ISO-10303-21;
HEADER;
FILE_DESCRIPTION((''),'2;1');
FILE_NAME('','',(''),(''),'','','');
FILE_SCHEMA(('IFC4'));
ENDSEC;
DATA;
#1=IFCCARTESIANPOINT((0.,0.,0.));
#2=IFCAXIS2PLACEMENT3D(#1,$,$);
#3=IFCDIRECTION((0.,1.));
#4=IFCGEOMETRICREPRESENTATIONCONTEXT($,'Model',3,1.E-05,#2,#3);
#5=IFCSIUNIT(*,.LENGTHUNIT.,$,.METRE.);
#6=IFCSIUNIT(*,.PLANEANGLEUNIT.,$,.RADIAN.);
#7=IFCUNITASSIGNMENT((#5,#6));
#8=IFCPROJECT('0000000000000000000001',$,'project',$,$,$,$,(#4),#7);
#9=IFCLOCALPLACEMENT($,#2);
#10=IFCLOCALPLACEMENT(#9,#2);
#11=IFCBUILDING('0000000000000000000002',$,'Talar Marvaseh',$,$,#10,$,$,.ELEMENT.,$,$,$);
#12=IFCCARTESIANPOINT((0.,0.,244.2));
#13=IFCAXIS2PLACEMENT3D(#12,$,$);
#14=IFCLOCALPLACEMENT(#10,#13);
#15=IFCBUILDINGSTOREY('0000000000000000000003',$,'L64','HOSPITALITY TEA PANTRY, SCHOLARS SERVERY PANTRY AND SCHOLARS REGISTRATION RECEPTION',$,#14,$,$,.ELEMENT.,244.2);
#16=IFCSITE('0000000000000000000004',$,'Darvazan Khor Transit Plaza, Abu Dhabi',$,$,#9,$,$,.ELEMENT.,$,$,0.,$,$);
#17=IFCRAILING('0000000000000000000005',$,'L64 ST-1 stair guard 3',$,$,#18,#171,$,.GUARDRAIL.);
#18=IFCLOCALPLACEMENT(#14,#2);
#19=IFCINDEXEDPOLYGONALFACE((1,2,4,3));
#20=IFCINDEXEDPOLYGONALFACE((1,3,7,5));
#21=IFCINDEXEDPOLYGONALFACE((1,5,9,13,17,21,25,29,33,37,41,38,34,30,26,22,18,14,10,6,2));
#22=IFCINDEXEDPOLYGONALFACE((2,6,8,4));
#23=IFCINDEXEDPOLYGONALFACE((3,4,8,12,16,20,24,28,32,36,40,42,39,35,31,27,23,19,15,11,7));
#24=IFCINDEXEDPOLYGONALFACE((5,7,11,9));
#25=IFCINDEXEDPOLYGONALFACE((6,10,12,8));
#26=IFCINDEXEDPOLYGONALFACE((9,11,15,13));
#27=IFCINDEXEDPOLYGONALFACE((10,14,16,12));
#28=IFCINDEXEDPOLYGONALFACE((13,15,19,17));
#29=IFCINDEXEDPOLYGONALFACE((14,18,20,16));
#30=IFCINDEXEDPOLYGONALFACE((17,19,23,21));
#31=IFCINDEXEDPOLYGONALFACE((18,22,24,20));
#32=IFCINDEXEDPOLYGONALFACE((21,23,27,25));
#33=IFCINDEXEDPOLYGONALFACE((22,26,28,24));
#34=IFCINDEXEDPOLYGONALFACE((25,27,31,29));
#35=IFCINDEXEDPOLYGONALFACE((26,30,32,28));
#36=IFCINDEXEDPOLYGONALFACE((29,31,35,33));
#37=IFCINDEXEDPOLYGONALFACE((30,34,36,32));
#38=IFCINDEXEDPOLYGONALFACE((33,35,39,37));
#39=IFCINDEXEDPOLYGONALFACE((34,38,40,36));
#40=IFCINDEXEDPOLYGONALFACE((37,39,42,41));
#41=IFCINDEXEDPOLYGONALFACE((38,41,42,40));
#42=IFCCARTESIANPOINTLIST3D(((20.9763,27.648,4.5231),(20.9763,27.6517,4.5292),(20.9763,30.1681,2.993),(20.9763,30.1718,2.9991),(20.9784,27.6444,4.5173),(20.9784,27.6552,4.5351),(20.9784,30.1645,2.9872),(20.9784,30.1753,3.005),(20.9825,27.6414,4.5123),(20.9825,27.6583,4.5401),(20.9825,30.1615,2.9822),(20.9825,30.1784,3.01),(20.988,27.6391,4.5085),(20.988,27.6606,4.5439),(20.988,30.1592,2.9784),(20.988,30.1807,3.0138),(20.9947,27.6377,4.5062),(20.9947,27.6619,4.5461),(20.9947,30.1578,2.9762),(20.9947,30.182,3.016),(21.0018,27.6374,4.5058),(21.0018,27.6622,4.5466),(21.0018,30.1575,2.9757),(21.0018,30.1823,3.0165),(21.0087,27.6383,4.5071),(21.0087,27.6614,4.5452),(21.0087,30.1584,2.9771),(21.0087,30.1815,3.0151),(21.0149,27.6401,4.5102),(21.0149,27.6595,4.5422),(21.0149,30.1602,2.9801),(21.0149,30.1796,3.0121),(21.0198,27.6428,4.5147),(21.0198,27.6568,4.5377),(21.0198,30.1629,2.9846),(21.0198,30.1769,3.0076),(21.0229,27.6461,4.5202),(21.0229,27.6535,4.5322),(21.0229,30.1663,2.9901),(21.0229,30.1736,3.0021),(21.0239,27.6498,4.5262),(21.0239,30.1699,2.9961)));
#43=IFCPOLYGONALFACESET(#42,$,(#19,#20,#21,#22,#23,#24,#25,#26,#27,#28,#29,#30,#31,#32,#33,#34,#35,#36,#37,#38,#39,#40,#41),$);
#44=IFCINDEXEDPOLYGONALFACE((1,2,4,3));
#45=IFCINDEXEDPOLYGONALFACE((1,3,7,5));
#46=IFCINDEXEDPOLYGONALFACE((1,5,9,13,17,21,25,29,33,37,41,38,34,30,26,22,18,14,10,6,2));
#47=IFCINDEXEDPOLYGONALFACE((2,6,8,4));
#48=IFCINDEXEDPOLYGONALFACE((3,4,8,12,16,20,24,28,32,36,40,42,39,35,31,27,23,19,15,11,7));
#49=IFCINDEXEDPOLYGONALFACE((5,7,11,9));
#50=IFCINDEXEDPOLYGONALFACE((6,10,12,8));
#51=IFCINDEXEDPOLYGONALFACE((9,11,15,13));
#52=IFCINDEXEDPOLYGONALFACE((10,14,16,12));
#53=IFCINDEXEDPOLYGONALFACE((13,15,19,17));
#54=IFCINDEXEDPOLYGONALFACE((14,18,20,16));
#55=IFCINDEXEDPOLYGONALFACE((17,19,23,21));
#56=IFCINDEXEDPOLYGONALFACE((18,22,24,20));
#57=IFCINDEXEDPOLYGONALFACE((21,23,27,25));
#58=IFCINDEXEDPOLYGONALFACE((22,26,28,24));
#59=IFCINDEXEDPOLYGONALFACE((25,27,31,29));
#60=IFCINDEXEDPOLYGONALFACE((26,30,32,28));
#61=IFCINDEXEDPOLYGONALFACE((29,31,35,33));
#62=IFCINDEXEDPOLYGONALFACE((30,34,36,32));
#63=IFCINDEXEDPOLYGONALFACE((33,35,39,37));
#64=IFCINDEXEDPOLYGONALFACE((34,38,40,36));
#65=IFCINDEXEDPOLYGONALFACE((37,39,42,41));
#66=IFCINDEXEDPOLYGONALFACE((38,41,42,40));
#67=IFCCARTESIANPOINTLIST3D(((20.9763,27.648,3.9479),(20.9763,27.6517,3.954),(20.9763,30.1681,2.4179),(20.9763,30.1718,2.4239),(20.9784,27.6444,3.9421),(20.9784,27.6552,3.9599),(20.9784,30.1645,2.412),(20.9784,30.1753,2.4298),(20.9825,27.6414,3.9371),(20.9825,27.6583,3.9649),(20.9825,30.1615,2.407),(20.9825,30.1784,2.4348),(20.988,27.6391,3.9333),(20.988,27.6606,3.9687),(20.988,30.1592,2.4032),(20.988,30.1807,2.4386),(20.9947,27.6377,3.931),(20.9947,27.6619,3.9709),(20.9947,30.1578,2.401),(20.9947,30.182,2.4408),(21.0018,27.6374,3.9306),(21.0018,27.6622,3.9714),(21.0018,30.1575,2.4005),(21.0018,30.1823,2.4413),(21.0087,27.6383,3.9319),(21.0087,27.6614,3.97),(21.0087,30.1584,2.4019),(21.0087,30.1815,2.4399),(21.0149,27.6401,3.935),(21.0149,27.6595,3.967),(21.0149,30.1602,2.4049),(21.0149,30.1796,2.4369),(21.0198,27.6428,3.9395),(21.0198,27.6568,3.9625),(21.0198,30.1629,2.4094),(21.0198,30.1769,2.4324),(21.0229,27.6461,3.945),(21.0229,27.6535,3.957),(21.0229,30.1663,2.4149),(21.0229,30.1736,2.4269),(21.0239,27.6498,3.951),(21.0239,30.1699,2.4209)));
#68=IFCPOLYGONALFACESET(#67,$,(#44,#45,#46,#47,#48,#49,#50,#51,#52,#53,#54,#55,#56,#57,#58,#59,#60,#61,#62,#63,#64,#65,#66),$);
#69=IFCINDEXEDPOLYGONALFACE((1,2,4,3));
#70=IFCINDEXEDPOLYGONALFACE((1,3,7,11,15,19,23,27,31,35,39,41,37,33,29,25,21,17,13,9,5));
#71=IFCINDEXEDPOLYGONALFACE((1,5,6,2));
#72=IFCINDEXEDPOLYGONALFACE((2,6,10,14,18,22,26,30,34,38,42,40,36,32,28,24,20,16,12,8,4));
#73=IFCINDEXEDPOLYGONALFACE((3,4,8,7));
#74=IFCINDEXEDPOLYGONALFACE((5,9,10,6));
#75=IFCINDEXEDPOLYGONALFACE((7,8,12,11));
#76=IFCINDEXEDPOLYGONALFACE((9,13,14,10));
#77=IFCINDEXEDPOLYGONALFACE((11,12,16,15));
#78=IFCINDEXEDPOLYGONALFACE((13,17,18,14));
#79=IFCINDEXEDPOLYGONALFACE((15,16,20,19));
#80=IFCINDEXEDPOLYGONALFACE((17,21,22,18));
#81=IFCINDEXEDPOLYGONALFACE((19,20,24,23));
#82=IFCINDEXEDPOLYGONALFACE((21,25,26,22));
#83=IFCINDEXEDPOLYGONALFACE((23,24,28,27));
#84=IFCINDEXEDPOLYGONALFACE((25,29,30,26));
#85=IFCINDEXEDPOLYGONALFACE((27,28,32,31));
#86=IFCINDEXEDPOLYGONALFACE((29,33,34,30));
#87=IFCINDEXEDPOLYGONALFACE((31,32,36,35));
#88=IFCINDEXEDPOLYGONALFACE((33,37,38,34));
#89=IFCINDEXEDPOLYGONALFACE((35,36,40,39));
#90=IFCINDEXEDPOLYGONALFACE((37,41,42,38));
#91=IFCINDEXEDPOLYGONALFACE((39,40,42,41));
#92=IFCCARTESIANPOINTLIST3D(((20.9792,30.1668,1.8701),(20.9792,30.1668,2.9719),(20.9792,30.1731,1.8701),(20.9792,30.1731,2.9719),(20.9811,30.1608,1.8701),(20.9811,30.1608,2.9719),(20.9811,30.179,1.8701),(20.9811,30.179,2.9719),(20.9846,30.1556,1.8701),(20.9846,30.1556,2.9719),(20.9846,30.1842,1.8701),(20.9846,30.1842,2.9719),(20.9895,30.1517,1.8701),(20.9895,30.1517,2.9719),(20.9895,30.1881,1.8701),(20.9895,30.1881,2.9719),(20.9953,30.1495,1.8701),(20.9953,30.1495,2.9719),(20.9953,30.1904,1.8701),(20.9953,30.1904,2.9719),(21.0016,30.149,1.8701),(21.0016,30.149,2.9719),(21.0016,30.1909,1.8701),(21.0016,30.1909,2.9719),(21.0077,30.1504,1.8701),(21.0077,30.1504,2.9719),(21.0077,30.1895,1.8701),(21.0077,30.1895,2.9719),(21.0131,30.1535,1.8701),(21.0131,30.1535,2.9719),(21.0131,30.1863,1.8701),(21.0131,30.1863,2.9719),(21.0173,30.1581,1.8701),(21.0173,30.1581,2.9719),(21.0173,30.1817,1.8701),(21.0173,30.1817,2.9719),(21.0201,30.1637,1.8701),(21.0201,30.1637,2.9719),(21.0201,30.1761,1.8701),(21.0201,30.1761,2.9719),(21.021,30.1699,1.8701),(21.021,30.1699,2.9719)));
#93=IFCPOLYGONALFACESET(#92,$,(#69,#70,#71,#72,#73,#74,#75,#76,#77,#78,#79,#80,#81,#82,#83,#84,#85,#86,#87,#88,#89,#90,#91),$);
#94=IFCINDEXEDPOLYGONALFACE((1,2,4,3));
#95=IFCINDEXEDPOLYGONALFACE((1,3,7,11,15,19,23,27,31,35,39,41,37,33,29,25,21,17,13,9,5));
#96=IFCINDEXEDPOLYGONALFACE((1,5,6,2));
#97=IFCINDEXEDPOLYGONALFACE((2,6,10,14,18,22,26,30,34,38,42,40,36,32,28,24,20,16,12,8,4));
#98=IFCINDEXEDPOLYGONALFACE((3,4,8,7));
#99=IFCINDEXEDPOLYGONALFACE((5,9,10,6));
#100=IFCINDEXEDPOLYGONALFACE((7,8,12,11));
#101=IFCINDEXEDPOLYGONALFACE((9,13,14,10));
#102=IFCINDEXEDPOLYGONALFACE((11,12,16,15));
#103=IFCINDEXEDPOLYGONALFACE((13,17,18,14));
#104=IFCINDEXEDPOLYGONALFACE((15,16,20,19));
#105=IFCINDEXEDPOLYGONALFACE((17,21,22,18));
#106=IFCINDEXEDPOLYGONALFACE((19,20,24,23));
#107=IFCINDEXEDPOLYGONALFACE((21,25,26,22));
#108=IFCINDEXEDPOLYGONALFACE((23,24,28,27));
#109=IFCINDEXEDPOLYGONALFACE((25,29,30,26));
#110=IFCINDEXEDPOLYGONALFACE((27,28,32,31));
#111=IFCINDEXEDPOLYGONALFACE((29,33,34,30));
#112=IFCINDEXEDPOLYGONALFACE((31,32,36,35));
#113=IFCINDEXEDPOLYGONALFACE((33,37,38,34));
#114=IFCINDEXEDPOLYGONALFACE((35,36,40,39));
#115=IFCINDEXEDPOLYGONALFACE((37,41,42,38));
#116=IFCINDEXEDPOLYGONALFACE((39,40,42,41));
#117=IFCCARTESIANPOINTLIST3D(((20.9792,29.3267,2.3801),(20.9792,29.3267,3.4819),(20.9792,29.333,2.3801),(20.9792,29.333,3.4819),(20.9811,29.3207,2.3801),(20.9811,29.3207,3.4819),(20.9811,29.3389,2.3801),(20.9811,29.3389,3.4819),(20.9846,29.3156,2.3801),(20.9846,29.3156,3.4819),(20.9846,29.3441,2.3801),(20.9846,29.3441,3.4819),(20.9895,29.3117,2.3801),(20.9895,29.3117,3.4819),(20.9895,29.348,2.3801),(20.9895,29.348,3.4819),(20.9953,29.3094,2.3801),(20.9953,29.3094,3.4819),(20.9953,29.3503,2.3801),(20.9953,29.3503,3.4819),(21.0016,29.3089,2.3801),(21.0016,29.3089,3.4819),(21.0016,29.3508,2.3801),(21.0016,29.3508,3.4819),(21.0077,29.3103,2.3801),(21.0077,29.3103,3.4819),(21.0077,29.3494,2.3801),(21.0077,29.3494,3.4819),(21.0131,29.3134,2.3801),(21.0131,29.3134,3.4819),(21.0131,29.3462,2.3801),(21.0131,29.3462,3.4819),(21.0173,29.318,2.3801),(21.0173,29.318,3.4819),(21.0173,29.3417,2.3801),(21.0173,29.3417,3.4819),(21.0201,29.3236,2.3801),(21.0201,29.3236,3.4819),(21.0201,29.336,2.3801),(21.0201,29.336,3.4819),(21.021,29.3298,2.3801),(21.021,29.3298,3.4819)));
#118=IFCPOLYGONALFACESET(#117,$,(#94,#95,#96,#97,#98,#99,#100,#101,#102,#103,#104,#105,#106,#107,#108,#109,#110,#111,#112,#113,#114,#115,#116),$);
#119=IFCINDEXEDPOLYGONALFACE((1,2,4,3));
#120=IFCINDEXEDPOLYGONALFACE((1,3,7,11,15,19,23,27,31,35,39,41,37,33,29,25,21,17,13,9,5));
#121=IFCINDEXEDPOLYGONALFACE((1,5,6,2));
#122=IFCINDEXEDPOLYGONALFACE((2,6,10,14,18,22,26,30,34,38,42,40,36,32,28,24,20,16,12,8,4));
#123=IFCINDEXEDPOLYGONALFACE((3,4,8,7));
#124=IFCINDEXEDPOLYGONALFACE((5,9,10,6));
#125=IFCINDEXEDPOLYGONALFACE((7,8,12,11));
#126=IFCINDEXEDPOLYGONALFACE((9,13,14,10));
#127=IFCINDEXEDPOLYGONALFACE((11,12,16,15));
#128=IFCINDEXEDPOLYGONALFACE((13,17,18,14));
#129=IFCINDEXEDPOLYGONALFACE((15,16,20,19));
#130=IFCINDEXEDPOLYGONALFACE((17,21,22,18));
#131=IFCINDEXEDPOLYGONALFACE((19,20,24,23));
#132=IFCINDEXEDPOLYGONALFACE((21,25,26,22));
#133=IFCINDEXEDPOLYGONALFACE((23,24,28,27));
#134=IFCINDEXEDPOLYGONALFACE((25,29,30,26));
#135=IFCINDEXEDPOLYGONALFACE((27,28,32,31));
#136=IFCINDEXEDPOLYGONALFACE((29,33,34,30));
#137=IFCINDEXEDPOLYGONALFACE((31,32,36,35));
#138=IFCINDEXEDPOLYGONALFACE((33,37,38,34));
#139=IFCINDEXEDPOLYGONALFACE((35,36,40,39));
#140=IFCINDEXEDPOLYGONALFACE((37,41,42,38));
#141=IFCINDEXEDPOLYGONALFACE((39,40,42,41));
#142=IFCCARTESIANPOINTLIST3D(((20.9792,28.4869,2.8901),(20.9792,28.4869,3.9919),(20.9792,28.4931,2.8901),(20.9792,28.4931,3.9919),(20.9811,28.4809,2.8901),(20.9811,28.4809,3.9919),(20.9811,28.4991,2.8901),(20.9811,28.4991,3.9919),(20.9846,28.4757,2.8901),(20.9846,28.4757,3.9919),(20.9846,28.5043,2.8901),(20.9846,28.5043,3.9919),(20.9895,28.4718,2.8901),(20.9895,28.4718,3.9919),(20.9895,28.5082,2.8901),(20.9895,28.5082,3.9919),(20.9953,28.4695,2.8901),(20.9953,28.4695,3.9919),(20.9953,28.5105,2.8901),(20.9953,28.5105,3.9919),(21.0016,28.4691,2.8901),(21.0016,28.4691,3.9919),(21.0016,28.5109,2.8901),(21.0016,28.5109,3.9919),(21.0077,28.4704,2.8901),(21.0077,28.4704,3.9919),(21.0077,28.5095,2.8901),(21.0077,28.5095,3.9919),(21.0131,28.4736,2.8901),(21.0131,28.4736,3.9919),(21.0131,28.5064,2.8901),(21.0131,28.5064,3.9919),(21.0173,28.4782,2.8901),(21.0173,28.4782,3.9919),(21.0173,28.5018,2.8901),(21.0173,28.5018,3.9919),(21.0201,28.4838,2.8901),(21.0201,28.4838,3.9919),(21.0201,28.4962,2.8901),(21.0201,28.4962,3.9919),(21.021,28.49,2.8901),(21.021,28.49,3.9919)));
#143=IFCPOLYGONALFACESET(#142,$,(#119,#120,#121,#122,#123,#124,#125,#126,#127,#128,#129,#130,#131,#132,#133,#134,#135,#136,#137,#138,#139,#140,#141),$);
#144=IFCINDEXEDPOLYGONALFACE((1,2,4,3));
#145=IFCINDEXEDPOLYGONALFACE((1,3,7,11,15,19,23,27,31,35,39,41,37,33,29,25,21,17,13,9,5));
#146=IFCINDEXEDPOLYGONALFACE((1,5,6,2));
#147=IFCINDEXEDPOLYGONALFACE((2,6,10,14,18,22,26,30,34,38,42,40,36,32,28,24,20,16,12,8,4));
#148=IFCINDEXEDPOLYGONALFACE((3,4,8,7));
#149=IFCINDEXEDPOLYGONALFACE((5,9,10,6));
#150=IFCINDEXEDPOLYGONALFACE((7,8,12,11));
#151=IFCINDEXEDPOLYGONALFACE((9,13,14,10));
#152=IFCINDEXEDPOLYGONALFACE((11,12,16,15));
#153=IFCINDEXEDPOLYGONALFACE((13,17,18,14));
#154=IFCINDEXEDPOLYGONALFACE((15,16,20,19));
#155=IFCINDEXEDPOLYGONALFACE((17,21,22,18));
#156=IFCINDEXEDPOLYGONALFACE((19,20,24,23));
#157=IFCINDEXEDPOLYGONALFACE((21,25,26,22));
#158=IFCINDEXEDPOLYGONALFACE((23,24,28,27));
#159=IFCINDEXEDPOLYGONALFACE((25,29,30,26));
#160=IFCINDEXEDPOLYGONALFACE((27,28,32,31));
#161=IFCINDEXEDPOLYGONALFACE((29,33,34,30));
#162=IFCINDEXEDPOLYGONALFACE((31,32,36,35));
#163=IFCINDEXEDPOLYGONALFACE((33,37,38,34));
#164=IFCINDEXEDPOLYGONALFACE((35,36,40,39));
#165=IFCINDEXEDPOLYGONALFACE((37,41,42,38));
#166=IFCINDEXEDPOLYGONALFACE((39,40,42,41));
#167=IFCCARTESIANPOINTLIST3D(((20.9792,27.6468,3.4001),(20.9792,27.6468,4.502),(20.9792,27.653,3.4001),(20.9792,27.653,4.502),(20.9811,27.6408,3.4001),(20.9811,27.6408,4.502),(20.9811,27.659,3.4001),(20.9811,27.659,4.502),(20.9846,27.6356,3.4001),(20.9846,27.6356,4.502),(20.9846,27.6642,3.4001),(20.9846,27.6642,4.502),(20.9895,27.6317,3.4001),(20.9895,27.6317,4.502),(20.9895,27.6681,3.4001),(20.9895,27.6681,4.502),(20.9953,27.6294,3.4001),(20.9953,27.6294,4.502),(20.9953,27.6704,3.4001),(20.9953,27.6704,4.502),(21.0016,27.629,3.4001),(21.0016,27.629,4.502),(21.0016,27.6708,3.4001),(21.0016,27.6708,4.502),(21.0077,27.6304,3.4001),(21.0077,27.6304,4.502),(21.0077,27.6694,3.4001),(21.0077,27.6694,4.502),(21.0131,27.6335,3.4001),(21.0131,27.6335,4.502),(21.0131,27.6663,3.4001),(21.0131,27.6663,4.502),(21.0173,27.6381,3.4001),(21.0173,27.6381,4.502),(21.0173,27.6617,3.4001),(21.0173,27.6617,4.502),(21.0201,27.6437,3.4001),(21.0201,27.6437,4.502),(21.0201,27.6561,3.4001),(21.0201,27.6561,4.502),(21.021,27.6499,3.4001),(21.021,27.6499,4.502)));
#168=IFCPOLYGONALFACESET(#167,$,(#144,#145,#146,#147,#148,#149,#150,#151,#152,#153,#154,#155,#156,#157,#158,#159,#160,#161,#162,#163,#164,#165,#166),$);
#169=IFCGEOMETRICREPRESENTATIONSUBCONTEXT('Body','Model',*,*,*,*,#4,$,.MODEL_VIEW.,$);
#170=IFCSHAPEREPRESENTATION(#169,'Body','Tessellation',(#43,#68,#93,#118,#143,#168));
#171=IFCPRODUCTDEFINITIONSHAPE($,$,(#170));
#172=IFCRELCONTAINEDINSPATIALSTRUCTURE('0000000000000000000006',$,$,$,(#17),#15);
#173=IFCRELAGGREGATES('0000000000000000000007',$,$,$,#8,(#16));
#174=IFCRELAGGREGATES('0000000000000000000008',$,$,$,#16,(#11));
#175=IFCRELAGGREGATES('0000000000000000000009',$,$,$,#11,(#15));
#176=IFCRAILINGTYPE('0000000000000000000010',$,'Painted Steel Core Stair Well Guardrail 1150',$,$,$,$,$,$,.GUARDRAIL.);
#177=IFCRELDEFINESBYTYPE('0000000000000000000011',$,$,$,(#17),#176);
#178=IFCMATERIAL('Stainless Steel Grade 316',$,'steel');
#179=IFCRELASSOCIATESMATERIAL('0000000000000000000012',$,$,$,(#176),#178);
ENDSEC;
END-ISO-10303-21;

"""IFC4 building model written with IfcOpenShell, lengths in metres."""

from ifc_helpers import new_model, si_unit, direction, frame, origin, origin_2d, place, context, subcontext, project, spatial, circle, extrude, material, type_object, element, save


model = new_model("IFC4")

# Units and contexts
model_context = context("Model", 3, precision=1e-05, world=origin(), true_north=direction((0.0, 1.0)))
body_context = subcontext(model_context, "Body", "Model", "MODEL_VIEW")
ifc_project = project(units=[si_unit("LENGTHUNIT", "METRE"), si_unit("PLANEANGLEUNIT", "RADIAN")], contexts=[model_context])

# Site, building, storey
site_placement = place(None, origin())
site = spatial("IfcSite", under=ifc_project, at=site_placement, Name="Darvazan Khor Transit Plaza, Abu Dhabi", CompositionType="ELEMENT", RefElevation=0.0)
building_placement = place(site_placement, origin())
building = spatial("IfcBuilding", under=site, at=building_placement, Name="Talar Marvaseh", CompositionType="ELEMENT")
storey_placement = place(building_placement, frame((0.0, 0.0, 244.2)))
storey = spatial("IfcBuildingStorey", under=building, at=storey_placement, Name="L64", Description="HOSPITALITY TEA PANTRY, SCHOLARS SERVERY PANTRY AND SCHOLARS REGISTRATION RECEPTION", CompositionType="ELEMENT", Elevation=244.2)

# Railing
ifc_material_1 = material(Name="Stainless Steel Grade 316", Category="steel")
railing_type_1 = type_object("IfcRailingType", Name="Painted Steel Core Stair Well Guardrail 1150", PredefinedType="GUARDRAIL", material=ifc_material_1)
railing_1_placement = place(storey_placement, frame((21.0, 30.1699, 1.8701)))
element("IfcRailing", 1, at=railing_1_placement, inside=storey, type_object=railing_type_1, Name="L64 ST-1 stair guard 3", PredefinedType="GUARDRAIL", context=body_context, shape_type="SweptSolid", body=[
    extrude(circle(Radius=0.0239, at=origin_2d()), frame((0.0, 0.0, 1.126), z_axis=(0.0, -0.854785, 0.518982), x_axis=(1.0, 0.0, 0.0)), (0.0, 0.0, 1.0), 2.9482),
    extrude(circle(Radius=0.0239, at=origin_2d()), frame((0.0, 0.0, 0.5508), z_axis=(0.0, -0.854785, 0.518982), x_axis=(1.0, 0.0, 0.0)), (0.0, 0.0, 1.0), 2.9482),
    extrude(circle(Radius=0.021, at=origin_2d()), origin(), (0.0, 0.0, 1.0), 1.1018),
    extrude(circle(Radius=0.021, at=origin_2d()), frame((0.0, -0.8401, 0.51)), (0.0, 0.0, 1.0), 1.1018),
    extrude(circle(Radius=0.021, at=origin_2d()), frame((0.0, -1.6799, 1.02)), (0.0, 0.0, 1.0), 1.1018),
    extrude(circle(Radius=0.021, at=origin_2d()), frame((0.0, -2.52, 1.53)), (0.0, 0.0, 1.0), 1.1018),
])

save(model, "model.ifc")
